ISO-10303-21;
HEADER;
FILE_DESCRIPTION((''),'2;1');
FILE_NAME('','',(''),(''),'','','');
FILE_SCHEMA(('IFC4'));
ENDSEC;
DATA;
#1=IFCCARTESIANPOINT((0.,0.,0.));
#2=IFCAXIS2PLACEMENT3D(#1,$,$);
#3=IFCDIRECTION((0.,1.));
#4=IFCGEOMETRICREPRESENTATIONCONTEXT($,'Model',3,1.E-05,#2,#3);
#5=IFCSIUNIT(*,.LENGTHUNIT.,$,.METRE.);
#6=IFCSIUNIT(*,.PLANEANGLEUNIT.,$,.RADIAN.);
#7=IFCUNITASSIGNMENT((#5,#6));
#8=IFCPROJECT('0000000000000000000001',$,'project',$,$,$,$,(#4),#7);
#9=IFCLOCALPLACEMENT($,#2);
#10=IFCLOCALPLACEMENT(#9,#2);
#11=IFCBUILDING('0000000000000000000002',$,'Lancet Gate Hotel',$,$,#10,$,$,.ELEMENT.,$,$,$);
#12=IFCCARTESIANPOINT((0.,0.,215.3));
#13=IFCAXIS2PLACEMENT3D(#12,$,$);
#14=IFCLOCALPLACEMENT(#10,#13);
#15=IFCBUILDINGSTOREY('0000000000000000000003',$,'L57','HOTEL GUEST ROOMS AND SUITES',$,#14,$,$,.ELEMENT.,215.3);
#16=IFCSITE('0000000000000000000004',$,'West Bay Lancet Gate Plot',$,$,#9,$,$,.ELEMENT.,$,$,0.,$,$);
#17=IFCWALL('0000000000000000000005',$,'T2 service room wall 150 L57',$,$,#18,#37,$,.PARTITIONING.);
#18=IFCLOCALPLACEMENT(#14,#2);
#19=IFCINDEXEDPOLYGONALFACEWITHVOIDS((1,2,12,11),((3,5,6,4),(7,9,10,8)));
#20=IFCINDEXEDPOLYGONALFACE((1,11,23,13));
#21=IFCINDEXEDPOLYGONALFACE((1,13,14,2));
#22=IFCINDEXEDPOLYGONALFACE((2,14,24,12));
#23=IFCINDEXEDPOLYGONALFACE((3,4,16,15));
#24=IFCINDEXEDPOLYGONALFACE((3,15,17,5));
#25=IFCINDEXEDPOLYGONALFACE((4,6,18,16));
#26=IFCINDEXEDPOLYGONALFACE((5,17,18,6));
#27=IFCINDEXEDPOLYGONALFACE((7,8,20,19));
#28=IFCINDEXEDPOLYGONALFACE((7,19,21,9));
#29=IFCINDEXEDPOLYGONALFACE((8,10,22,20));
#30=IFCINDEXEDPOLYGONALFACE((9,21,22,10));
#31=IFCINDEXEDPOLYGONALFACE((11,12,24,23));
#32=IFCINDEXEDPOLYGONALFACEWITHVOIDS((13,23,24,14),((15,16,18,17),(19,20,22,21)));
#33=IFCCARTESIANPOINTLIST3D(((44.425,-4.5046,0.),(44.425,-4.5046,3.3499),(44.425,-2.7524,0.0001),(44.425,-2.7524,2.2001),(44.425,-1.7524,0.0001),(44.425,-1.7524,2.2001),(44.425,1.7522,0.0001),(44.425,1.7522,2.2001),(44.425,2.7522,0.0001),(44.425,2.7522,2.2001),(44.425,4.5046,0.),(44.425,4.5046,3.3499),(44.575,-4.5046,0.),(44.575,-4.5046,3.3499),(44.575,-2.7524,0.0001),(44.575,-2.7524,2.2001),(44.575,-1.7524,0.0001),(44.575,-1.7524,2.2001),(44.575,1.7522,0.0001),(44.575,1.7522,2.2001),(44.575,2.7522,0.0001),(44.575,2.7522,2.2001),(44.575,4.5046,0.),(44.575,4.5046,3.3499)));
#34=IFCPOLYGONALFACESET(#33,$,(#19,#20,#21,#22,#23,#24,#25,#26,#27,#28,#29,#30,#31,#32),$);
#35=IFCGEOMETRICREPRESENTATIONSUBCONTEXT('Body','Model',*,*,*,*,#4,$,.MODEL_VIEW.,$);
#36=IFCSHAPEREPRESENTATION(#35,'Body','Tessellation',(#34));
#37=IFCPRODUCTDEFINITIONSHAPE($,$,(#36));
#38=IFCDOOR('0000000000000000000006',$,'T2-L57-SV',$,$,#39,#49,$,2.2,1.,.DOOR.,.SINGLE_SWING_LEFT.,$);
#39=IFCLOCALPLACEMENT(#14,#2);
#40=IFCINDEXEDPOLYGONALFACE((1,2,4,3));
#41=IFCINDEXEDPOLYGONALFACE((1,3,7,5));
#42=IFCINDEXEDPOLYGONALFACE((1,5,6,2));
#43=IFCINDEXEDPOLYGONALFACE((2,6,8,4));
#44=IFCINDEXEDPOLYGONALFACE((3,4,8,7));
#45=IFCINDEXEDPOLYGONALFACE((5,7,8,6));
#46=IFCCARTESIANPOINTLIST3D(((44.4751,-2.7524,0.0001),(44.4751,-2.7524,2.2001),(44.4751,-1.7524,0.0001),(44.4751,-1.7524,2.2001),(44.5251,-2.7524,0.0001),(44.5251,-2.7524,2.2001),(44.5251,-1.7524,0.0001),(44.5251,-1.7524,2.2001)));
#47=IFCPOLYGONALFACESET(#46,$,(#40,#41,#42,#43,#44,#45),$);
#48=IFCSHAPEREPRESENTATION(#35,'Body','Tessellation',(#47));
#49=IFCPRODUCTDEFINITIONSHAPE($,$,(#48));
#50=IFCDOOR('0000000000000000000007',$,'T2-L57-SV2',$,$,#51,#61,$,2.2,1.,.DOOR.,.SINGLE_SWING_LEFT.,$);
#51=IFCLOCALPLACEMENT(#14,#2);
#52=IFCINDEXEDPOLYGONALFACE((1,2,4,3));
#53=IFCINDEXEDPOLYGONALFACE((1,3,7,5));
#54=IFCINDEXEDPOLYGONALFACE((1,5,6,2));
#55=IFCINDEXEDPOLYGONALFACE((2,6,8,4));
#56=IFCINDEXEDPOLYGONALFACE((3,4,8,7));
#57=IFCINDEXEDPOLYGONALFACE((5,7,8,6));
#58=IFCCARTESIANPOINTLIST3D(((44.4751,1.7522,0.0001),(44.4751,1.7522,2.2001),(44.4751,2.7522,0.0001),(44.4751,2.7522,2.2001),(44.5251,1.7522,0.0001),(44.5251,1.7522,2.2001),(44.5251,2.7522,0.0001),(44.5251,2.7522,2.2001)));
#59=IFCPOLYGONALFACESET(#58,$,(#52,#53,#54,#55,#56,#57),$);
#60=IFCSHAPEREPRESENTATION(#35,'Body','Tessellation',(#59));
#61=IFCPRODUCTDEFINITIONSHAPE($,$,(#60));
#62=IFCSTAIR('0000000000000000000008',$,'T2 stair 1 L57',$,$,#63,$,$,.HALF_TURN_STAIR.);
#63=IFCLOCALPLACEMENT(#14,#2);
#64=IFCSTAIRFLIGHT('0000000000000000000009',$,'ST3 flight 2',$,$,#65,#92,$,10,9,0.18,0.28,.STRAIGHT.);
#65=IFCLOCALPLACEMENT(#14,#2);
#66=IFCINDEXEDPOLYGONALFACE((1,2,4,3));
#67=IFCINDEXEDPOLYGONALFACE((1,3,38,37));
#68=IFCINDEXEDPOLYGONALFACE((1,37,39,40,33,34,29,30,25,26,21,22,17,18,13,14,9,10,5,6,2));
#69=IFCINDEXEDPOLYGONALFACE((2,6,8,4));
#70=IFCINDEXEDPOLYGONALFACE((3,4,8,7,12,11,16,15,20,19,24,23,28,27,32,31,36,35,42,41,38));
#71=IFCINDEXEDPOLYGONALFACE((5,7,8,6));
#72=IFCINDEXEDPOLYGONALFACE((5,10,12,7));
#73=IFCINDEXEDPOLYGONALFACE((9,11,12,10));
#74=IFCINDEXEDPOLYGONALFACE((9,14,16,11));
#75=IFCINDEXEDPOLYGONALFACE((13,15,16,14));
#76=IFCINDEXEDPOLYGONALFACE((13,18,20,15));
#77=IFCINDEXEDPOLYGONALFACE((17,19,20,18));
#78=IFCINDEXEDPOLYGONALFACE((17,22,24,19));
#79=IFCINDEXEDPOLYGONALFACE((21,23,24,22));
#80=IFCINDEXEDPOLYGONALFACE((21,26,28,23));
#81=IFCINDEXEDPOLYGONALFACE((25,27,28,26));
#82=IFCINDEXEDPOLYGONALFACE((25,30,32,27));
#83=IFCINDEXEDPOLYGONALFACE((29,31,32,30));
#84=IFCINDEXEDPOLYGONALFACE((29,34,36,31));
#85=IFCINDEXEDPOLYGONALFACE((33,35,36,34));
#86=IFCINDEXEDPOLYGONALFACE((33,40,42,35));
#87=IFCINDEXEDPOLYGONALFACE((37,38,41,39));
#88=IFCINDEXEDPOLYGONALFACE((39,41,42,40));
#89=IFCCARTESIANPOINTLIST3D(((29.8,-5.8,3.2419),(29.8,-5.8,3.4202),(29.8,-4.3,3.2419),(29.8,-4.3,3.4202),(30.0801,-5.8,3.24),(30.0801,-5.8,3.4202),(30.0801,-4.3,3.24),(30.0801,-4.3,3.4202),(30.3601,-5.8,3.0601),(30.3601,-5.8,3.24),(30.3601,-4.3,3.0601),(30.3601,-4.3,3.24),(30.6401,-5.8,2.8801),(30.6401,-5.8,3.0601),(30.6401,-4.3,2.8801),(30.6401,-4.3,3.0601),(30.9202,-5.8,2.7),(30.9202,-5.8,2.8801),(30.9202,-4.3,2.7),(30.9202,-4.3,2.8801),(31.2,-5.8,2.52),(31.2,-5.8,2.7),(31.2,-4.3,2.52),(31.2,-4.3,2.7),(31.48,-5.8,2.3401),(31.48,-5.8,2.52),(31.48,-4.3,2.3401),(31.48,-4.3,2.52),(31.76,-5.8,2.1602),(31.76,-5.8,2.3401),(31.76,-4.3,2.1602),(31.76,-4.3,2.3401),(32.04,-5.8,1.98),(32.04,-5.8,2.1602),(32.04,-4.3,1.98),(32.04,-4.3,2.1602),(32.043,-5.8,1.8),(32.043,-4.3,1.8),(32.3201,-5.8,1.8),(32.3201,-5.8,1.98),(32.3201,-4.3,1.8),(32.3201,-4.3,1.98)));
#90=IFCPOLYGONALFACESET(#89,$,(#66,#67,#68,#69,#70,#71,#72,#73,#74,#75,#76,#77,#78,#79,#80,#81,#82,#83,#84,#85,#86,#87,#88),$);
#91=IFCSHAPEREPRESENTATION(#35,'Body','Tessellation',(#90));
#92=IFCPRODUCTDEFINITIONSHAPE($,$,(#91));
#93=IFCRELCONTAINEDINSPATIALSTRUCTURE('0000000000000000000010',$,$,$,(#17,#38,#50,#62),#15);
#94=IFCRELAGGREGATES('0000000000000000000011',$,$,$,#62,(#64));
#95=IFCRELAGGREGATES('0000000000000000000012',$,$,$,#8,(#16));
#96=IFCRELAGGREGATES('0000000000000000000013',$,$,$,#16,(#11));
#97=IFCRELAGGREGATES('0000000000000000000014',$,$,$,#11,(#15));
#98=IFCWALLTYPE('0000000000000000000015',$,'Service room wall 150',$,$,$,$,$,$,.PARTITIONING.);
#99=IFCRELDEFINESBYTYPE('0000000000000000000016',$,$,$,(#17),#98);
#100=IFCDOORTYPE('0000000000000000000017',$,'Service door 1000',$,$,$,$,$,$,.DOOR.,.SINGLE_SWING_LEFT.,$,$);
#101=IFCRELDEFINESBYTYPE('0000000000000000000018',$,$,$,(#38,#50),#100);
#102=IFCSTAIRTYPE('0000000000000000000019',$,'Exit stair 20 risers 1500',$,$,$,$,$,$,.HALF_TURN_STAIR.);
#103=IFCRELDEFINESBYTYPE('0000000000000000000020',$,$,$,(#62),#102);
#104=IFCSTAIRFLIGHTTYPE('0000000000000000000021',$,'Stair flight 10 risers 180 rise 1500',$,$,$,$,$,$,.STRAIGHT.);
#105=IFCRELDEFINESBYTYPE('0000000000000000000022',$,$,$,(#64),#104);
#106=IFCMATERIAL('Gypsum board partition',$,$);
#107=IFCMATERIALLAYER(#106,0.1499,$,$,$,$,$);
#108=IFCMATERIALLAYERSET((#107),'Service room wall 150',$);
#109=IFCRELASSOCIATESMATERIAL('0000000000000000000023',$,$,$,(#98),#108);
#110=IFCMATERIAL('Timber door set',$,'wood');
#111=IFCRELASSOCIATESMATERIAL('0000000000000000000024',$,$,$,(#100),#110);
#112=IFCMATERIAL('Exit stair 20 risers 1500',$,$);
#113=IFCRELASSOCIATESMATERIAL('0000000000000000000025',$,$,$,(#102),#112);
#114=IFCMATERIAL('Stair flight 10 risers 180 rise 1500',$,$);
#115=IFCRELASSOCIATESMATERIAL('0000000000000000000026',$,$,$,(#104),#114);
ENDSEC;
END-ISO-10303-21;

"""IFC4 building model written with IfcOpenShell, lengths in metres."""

from ifc_helpers import new_model, si_unit, direction, frame, frame_2d, origin, place, context, subcontext, project, spatial, polyline, rectangle, outline, extrude, material, layer, layer_set, type_object, element, fill, aggregate, save


model = new_model("IFC4")

# Units and contexts
model_context = context("Model", 3, precision=1e-05, world=origin(), true_north=direction((0.0, 1.0)))
body_context = subcontext(model_context, "Body", "Model", "MODEL_VIEW")
ifc_project = project(units=[si_unit("LENGTHUNIT", "METRE"), si_unit("PLANEANGLEUNIT", "RADIAN")], contexts=[model_context])

# Site, building, storey
site_placement = place(None, origin())
site = spatial("IfcSite", under=ifc_project, at=site_placement, Name="West Bay Lancet Gate Plot", CompositionType="ELEMENT", RefElevation=0.0)
building_placement = place(site_placement, origin())
building = spatial("IfcBuilding", under=site, at=building_placement, Name="Lancet Gate Hotel", CompositionType="ELEMENT")
storey_placement = place(building_placement, frame((0.0, 0.0, 215.3)))
storey = spatial("IfcBuildingStorey", under=building, at=storey_placement, Name="L57", Description="HOTEL GUEST ROOMS AND SUITES", CompositionType="ELEMENT", Elevation=215.3)

# Shared definitions
ifc_material_1 = material(Name="Gypsum board partition")
ifc_layer_1 = layer(ifc_material_1, 0.1499)
ifc_layer_set_1 = layer_set([ifc_layer_1], Name="Service room wall 150")
wall_type_1 = type_object("IfcWallType", Name="Service room wall 150", PredefinedType="PARTITIONING", material=ifc_layer_set_1)

# Wall, openings, doors
wall_1_placement = place(storey_placement, frame((44.5, -4.5046, 0.0), z_axis=(0.0, 0.0, 1.0), x_axis=(0.0, 1.0, 0.0)))
wall_1 = element("IfcWall", 1, at=wall_1_placement, inside=storey, type_object=wall_type_1, Name="T2 service room wall 150 L57", PredefinedType="PARTITIONING", context=body_context, shape_type="SweptSolid", body=[
    extrude(rectangle(XDim=9.0093, YDim=0.1499, at=frame_2d((4.5046, 0.0))), origin(), (0.0, 0.0, 1.0), 3.3499),
])
opening_1_placement = place(wall_1_placement, frame((1.7522, 0.0, 0.0)))
opening_1 = element("IfcOpeningElement", 2, at=opening_1_placement, cuts=wall_1, PredefinedType="OPENING", context=body_context, shape_type="SweptSolid", body=[
    extrude(rectangle(XDim=1.0, YDim=2.2, at=frame_2d((0.5, 1.1001))), frame((0.0, 0.085, 0.0), z_axis=(0.0, -1.0, 0.0), x_axis=(1.0, 0.0, 0.0)), (0.0, 0.0, 1.0), 0.1699),
])
opening_2_placement = place(wall_1_placement, frame((6.2568, 0.0, 0.0)))
opening_2 = element("IfcOpeningElement", 3, at=opening_2_placement, cuts=wall_1, PredefinedType="OPENING", context=body_context, shape_type="SweptSolid", body=[
    extrude(rectangle(XDim=1.0, YDim=2.2, at=frame_2d((0.5, 1.1001))), frame((0.0, 0.085, 0.0), z_axis=(0.0, -1.0, 0.0), x_axis=(1.0, 0.0, 0.0)), (0.0, 0.0, 1.0), 0.1699),
])
ifc_material_2 = material(Name="Timber door set", Category="wood")
door_type_1 = type_object("IfcDoorType", Name="Service door 1000", OperationType="SINGLE_SWING_LEFT", PredefinedType="DOOR", material=ifc_material_2)
door_1_placement = place(opening_1_placement, origin())
door_1 = element("IfcDoor", 4, at=door_1_placement, inside=storey, type_object=door_type_1, Name="T2-L57-SV", OperationType="SINGLE_SWING_LEFT", OverallHeight=2.2, OverallWidth=1.0, PredefinedType="DOOR", context=body_context, shape_type="SweptSolid", body=[
    extrude(rectangle(XDim=1.0, YDim=2.2, at=frame_2d((0.5, 1.1001))), frame((0.0, 0.0249, 0.0), z_axis=(0.0, -1.0, 0.0), x_axis=(1.0, 0.0, 0.0)), (0.0, 0.0, 1.0), 0.05),
])
fill(opening_1, door_1)
door_2_placement = place(opening_2_placement, origin())
door_2 = element("IfcDoor", 5, at=door_2_placement, inside=storey, type_object=door_type_1, Name="T2-L57-SV2", OperationType="SINGLE_SWING_LEFT", OverallHeight=2.2, OverallWidth=1.0, PredefinedType="DOOR", context=body_context, shape_type="SweptSolid", body=[
    extrude(rectangle(XDim=1.0, YDim=2.2, at=frame_2d((0.5, 1.1001))), frame((0.0, 0.0249, 0.0), z_axis=(0.0, -1.0, 0.0), x_axis=(1.0, 0.0, 0.0)), (0.0, 0.0, 1.0), 0.05),
])
fill(opening_2, door_2)

# Stair, stair flight
ifc_material_3 = material(Name="Exit stair 20 risers 1500")
stair_type = type_object("IfcStairType", Name="Exit stair 20 risers 1500", PredefinedType="HALF_TURN_STAIR", material=ifc_material_3)
stair_placement = place(storey_placement, origin())
stair = element("IfcStair", 6, at=stair_placement, inside=storey, type_object=stair_type, Name="T2 stair 1 L57", PredefinedType="HALF_TURN_STAIR")
ifc_material_4 = material(Name="Stair flight 10 risers 180 rise 1500")
stair_flight_type = type_object("IfcStairFlightType", Name="Stair flight 10 risers 180 rise 1500", PredefinedType="STRAIGHT", material=ifc_material_4)
stair_flight_placement = place(storey_placement, frame((32.3201, -5.05, 1.8), z_axis=(0.0, 0.0, 1.0), x_axis=(-1.0, 0.0, 0.0)))
stair_flight = element("IfcStairFlight", 7, at=stair_flight_placement, type_object=stair_flight_type, Name="ST3 flight 2", NumberOfRisers=10, NumberOfTreads=9, PredefinedType="STRAIGHT", RiserHeight=0.18, TreadLength=0.28, context=body_context, shape_type="SweptSolid", body=[
    extrude(outline(polyline([(0.0, 0.0), (0.0, 0.1799), (0.28, 0.1799), (0.28, 0.3601), (0.5601, 0.3601), (0.5601, 0.54), (0.8401, 0.54), (0.8401, 0.72), (1.1201, 0.72), (1.1201, 0.8999), (1.3999, 0.8999), (1.3999, 1.0801), (1.6799, 1.0801), (1.6799, 1.26), (1.96, 1.26), (1.96, 1.4399), (2.24, 1.4399), (2.24, 1.6201), (2.52, 1.6201), (2.52, 1.8), (2.52, 1.4419), (0.2771, 0.0), (0.0, 0.0)])), frame((0.0, 0.75, 0.0), z_axis=(0.0, -1.0, 0.0), x_axis=(1.0, 0.0, 0.0)), (0.0, 0.0, 1.0), 1.5),
])
aggregate(stair, [stair_flight])

save(model, "model.ifc")
